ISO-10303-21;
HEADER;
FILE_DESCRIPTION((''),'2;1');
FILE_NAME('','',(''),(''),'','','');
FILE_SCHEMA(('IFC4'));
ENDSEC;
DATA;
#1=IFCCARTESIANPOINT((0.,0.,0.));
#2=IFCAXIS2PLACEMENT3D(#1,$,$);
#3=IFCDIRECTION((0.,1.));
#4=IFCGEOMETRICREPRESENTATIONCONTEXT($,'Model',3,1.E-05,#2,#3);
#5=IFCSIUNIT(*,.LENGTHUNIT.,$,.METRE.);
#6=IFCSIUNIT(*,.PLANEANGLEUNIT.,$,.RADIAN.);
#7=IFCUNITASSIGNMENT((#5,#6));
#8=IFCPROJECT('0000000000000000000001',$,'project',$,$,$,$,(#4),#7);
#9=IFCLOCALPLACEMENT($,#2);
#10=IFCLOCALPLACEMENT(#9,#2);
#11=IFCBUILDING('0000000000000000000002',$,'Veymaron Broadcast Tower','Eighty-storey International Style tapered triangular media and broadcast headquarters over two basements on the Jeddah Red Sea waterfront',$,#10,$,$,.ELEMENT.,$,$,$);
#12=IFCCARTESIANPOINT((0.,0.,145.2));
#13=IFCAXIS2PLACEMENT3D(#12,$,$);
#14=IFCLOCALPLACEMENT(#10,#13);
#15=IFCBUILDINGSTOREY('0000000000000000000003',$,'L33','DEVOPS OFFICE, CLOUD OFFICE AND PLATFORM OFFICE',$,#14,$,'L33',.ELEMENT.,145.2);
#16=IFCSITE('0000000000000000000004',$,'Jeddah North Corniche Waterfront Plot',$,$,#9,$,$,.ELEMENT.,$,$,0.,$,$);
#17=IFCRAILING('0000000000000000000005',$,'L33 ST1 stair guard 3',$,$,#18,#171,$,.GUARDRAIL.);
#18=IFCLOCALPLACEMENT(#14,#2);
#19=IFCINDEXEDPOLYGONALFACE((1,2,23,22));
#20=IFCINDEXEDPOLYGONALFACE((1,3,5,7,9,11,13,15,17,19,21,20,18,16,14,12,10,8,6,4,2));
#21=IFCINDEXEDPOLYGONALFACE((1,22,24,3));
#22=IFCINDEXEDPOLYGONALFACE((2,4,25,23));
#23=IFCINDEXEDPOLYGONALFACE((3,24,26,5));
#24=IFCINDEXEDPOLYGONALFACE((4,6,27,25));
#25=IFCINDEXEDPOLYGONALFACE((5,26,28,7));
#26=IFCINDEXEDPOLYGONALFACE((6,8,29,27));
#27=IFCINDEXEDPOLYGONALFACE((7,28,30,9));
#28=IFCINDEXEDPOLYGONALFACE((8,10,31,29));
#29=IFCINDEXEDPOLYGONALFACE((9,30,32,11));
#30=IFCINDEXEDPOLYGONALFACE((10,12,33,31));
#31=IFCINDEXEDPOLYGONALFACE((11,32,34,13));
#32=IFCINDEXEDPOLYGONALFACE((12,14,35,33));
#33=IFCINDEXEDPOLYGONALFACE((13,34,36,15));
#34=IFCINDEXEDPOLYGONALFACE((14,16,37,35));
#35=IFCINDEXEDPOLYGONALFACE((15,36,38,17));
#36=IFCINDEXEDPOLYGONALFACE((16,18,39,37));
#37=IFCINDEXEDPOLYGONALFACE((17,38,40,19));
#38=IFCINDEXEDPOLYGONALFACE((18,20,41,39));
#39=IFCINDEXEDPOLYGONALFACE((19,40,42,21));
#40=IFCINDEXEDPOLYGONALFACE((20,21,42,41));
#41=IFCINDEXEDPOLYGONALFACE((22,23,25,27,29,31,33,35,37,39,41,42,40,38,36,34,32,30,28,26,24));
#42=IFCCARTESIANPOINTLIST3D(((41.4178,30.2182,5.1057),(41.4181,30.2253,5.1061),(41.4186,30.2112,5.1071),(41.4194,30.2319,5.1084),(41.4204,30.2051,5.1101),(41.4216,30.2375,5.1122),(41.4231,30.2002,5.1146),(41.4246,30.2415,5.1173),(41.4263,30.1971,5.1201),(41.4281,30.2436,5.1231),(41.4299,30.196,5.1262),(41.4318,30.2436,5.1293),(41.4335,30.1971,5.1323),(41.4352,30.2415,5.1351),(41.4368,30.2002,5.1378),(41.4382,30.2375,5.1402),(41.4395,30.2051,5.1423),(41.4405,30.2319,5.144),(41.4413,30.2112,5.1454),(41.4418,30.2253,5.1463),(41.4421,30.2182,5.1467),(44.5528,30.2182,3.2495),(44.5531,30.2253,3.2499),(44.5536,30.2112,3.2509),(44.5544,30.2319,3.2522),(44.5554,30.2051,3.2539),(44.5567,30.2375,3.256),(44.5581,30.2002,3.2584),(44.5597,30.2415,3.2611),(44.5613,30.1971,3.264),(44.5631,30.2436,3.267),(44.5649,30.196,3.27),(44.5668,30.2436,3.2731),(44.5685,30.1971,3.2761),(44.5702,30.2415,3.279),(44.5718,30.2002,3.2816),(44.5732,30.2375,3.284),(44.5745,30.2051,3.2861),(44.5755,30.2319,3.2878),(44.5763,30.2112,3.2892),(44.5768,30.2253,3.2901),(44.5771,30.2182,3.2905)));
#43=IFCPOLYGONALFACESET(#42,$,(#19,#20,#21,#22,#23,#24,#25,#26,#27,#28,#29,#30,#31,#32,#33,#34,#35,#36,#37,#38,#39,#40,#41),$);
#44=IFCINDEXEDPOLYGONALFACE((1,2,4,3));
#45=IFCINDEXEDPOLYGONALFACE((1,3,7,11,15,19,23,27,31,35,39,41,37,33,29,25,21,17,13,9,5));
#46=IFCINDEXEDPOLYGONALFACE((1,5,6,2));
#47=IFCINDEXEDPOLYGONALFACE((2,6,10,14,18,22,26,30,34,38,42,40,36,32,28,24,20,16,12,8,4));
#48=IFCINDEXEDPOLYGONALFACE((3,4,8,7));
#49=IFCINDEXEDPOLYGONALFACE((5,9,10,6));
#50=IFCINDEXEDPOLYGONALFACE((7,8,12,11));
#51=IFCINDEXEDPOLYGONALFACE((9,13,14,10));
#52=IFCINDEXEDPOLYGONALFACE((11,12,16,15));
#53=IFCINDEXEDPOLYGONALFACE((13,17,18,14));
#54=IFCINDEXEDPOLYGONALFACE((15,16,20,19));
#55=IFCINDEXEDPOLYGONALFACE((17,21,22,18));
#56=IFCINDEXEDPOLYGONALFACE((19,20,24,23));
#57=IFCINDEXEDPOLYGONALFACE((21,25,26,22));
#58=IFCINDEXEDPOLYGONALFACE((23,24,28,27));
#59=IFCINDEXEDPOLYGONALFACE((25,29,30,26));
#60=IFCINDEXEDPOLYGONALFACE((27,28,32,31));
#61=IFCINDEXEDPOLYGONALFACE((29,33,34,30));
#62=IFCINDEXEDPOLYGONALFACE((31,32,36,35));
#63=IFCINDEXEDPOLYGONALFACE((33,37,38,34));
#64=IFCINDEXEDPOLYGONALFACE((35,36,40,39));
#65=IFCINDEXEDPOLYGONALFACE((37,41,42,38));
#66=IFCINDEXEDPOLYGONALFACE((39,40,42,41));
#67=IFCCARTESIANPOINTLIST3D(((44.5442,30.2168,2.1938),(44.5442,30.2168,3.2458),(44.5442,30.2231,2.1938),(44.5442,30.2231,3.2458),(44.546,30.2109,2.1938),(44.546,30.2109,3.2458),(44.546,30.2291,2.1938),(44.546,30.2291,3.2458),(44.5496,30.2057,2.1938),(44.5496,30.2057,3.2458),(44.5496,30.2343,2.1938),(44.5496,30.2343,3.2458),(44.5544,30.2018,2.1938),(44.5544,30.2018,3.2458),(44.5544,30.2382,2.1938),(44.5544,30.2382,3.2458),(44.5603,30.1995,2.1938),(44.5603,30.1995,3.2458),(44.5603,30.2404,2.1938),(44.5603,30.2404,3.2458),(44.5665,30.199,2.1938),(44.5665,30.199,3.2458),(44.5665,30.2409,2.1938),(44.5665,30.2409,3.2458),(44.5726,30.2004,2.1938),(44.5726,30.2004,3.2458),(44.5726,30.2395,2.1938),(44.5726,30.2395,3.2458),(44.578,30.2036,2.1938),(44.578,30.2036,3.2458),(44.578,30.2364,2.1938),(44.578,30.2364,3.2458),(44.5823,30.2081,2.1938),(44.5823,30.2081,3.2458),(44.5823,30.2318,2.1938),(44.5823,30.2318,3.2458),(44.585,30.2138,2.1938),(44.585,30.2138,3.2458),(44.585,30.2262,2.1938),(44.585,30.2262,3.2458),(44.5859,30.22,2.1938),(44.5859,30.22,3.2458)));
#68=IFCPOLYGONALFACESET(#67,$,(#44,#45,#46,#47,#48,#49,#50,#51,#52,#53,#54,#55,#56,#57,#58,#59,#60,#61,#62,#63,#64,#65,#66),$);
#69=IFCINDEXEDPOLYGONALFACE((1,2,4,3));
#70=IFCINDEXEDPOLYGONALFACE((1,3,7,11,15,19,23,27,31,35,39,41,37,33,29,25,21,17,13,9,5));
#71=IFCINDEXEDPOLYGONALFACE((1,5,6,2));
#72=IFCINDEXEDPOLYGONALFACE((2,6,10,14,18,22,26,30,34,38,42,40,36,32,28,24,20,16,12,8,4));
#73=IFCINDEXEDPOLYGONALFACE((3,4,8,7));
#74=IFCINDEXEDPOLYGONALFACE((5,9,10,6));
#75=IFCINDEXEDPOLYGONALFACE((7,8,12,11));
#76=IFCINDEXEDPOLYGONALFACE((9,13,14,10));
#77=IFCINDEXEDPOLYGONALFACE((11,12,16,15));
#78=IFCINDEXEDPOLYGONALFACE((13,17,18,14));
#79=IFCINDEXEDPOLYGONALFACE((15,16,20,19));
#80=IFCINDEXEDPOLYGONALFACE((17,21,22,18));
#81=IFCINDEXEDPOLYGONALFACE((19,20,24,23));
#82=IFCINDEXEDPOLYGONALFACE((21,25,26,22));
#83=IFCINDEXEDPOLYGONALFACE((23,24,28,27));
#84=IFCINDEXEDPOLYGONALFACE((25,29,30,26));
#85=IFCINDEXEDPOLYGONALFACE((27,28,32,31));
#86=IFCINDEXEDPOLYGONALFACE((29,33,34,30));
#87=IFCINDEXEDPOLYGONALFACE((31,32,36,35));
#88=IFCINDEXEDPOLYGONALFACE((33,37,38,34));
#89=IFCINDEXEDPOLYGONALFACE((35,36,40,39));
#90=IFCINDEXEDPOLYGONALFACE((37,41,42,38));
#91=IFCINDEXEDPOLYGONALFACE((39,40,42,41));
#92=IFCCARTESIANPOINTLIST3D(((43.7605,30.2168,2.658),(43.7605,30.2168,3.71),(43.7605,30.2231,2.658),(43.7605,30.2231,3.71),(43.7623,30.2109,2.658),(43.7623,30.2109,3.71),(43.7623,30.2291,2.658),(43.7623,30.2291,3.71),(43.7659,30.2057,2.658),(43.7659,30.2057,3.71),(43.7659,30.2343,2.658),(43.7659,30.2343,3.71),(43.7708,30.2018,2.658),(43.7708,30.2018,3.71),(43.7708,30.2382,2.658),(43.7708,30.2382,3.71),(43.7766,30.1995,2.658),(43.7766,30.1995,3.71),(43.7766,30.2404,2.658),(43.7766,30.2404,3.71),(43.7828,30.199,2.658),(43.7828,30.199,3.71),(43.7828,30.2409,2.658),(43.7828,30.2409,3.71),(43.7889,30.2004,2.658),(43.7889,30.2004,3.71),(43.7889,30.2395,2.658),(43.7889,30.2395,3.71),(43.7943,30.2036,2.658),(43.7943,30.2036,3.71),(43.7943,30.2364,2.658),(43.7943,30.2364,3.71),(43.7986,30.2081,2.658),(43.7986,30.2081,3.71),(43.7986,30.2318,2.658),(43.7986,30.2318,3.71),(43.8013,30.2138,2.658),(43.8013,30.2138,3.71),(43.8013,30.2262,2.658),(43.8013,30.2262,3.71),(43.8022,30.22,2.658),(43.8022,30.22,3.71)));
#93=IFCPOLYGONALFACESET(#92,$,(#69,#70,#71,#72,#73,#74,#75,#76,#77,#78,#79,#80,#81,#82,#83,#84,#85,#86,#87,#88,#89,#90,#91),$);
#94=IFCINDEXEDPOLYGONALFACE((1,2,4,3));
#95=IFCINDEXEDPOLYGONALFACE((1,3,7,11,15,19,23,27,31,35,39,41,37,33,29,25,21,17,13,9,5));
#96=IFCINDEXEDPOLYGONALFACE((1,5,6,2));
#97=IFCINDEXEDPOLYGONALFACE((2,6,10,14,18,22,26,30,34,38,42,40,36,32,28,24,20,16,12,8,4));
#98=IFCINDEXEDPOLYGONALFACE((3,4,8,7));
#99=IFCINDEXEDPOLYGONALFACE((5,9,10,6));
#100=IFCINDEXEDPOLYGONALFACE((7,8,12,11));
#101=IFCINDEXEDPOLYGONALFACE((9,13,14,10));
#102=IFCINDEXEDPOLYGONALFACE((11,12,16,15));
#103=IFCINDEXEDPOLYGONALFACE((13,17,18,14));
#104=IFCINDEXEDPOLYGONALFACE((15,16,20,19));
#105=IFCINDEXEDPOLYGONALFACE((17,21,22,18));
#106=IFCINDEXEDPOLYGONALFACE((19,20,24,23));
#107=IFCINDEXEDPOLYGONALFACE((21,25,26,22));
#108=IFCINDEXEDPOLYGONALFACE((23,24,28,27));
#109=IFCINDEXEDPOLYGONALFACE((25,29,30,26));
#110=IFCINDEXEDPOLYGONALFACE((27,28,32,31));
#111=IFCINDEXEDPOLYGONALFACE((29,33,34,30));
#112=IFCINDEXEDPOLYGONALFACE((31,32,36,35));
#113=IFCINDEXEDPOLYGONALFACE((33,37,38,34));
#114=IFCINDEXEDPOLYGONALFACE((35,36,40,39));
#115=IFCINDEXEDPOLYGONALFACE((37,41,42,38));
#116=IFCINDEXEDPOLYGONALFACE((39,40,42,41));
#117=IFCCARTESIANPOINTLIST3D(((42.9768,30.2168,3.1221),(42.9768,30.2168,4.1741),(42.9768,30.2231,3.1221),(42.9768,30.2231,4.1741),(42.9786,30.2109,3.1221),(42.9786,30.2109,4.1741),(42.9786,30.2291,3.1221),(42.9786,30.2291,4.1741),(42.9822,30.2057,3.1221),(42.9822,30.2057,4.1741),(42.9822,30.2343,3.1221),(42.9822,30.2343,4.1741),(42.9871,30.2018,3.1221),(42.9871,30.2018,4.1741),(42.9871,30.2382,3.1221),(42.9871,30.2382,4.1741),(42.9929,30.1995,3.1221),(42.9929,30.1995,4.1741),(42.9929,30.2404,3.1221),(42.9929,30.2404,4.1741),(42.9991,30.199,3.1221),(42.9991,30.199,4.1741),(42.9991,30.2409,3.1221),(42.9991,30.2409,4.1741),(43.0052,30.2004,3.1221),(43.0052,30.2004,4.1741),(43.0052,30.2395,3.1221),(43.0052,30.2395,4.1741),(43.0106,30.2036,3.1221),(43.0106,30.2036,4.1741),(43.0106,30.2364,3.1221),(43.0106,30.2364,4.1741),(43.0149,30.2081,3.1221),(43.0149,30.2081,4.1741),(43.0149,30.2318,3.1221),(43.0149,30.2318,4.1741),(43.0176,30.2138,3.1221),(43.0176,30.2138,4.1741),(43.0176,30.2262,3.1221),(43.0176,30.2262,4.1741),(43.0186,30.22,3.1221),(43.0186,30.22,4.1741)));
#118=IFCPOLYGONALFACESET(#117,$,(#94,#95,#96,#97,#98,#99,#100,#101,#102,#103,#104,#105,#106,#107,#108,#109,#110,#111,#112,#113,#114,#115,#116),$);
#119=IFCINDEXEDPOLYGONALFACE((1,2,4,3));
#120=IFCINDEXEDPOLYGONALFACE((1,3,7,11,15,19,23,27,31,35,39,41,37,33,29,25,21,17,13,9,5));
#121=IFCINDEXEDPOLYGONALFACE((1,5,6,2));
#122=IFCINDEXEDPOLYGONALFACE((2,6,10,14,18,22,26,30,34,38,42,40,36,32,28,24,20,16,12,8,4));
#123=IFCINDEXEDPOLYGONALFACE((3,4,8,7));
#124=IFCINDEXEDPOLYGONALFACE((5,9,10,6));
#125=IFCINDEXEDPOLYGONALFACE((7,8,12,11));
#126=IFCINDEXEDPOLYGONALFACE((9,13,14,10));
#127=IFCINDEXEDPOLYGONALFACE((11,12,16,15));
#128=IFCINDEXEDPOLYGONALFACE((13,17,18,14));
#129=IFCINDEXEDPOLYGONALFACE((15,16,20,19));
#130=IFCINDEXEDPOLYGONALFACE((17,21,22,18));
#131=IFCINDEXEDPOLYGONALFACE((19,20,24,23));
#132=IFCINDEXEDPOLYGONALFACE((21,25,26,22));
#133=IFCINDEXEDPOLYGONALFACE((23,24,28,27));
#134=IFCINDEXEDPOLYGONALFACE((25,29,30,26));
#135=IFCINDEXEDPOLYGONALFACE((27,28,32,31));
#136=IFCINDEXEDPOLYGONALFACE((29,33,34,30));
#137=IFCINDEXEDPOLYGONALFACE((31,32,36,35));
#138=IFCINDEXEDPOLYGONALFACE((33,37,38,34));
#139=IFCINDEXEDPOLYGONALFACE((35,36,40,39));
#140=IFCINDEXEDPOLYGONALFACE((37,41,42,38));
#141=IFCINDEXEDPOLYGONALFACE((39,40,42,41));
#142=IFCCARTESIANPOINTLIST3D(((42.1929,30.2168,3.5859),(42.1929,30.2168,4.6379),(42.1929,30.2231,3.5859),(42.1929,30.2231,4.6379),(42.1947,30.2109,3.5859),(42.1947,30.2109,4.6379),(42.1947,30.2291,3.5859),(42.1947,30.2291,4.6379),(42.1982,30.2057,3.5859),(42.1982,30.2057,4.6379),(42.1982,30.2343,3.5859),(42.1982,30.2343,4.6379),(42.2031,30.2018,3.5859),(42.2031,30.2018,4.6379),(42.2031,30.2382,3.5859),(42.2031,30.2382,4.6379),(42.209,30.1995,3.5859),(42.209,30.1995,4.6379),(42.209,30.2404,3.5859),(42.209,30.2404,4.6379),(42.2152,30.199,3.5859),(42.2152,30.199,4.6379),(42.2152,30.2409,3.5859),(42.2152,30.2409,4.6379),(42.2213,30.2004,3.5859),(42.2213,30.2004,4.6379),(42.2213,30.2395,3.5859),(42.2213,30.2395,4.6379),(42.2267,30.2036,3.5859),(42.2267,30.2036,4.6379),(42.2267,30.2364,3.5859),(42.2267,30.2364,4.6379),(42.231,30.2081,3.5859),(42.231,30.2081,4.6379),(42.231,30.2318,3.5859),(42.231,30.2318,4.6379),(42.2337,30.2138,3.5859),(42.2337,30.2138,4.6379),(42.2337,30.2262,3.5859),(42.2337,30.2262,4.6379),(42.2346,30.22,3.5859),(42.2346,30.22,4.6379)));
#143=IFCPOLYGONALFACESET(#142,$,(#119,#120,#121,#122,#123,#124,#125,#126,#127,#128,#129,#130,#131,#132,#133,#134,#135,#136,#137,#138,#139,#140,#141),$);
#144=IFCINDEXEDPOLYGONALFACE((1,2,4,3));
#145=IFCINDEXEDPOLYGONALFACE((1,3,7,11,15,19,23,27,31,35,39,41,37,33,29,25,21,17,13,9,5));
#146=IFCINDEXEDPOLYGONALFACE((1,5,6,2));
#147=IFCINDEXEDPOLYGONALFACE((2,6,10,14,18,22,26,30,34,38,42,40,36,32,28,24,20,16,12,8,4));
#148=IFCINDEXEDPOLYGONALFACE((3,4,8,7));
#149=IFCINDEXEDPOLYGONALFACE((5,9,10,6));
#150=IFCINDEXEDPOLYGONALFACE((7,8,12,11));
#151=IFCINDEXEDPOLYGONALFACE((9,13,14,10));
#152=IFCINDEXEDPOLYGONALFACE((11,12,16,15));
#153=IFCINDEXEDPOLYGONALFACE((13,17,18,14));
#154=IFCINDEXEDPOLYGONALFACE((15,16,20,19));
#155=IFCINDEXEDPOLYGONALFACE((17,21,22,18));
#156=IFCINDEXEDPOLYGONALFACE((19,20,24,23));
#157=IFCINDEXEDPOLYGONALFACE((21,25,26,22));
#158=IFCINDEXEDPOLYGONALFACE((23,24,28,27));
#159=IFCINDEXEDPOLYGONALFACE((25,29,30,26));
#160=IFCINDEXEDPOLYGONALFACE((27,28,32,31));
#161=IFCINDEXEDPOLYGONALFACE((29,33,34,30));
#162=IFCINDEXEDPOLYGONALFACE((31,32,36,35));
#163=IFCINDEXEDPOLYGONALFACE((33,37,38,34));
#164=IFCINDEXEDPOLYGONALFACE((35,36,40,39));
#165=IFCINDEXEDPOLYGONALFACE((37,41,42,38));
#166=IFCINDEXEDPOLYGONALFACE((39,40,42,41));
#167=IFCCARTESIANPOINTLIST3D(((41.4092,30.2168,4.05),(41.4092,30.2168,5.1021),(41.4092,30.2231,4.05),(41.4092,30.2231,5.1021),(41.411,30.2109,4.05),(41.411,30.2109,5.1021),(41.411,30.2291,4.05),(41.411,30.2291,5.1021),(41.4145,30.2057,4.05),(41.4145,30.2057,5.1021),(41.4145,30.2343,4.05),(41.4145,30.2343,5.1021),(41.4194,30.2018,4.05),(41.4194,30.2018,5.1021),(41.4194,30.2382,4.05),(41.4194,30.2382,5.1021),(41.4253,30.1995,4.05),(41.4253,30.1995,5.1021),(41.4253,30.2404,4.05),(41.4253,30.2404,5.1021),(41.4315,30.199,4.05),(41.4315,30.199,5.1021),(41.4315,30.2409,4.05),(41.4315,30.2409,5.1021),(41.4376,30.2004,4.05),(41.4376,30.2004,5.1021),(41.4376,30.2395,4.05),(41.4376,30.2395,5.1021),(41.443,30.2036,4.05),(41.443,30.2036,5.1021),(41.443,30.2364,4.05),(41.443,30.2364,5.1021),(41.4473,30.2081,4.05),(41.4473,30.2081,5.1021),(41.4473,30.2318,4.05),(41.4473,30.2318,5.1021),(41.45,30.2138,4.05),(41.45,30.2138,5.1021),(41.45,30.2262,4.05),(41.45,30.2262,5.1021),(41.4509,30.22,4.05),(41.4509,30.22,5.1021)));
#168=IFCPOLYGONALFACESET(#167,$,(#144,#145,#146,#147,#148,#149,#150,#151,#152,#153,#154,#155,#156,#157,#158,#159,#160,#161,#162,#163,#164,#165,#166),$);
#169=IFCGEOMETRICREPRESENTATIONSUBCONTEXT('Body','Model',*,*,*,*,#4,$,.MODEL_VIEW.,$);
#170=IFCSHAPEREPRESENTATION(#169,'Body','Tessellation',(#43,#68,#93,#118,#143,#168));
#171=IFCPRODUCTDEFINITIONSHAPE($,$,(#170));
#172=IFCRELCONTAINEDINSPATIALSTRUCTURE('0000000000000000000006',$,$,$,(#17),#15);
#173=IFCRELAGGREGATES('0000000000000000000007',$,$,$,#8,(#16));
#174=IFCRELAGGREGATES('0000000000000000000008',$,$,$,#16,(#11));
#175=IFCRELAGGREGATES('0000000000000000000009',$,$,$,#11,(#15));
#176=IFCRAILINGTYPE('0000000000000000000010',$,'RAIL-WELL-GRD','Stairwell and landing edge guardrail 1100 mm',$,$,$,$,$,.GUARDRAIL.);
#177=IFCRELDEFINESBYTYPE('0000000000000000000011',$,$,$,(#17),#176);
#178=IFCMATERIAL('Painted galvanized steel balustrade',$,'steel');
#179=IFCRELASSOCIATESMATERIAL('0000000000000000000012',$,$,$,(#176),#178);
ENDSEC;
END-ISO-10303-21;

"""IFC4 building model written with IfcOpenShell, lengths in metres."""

from ifc_helpers import new_model, si_unit, direction, frame, origin, origin_2d, place, context, subcontext, project, spatial, circle, extrude, material, type_object, element, save


model = new_model("IFC4")

# Units and contexts
model_context = context("Model", 3, precision=1e-05, world=origin(), true_north=direction((0.0, 1.0)))
body_context = subcontext(model_context, "Body", "Model", "MODEL_VIEW")
ifc_project = project(units=[si_unit("LENGTHUNIT", "METRE"), si_unit("PLANEANGLEUNIT", "RADIAN")], contexts=[model_context])

# Site, building, storey
site_placement = place(None, origin())
site = spatial("IfcSite", under=ifc_project, at=site_placement, Name="Jeddah North Corniche Waterfront Plot", CompositionType="ELEMENT", RefElevation=0.0)
building_placement = place(site_placement, origin())
building = spatial("IfcBuilding", under=site, at=building_placement, Name="Veymaron Broadcast Tower", Description="Eighty-storey International Style tapered triangular media and broadcast headquarters over two basements on the Jeddah Red Sea waterfront", CompositionType="ELEMENT")
storey_placement = place(building_placement, frame((0.0, 0.0, 145.2)))
storey = spatial("IfcBuildingStorey", under=building, at=storey_placement, Name="L33", Description="DEVOPS OFFICE, CLOUD OFFICE AND PLATFORM OFFICE", LongName="L33", CompositionType="ELEMENT", Elevation=145.2)

# Railing
ifc_material_1 = material(Name="Painted galvanized steel balustrade", Category="steel")
railing_type_1 = type_object("IfcRailingType", Name="RAIL-WELL-GRD", Description="Stairwell and landing edge guardrail 1100 mm", PredefinedType="GUARDRAIL", material=ifc_material_1)
railing_1_placement = place(storey_placement, frame((44.5649, 30.22, 2.1938)))
element("IfcRailing", 1, at=railing_1_placement, inside=storey, type_object=railing_type_1, Name="L33 ST1 stair guard 3", PredefinedType="GUARDRAIL", context=body_context, shape_type="SweptSolid", body=[
    extrude(circle(Radius=0.0239, at=origin_2d()), frame((0.0, 0.0, 1.0762), z_axis=(-0.860482, 0.0, 0.509481), x_axis=(0.0, -1.0, 0.0)), (0.0, 0.0, 1.0), 3.6433),
    extrude(circle(Radius=0.021, at=origin_2d()), origin(), (0.0, 0.0, 1.0), 1.052),
    extrude(circle(Radius=0.021, at=origin_2d()), frame((-0.7837, 0.0, 0.4641)), (0.0, 0.0, 1.0), 1.052),
    extrude(circle(Radius=0.021, at=origin_2d()), frame((-1.5674, 0.0, 0.9282)), (0.0, 0.0, 1.0), 1.052),
    extrude(circle(Radius=0.021, at=origin_2d()), frame((-2.3513, 0.0, 1.3921)), (0.0, 0.0, 1.0), 1.052),
    extrude(circle(Radius=0.021, at=origin_2d()), frame((-3.135, 0.0, 1.8562)), (0.0, 0.0, 1.0), 1.052),
])

save(model, "model.ifc")
